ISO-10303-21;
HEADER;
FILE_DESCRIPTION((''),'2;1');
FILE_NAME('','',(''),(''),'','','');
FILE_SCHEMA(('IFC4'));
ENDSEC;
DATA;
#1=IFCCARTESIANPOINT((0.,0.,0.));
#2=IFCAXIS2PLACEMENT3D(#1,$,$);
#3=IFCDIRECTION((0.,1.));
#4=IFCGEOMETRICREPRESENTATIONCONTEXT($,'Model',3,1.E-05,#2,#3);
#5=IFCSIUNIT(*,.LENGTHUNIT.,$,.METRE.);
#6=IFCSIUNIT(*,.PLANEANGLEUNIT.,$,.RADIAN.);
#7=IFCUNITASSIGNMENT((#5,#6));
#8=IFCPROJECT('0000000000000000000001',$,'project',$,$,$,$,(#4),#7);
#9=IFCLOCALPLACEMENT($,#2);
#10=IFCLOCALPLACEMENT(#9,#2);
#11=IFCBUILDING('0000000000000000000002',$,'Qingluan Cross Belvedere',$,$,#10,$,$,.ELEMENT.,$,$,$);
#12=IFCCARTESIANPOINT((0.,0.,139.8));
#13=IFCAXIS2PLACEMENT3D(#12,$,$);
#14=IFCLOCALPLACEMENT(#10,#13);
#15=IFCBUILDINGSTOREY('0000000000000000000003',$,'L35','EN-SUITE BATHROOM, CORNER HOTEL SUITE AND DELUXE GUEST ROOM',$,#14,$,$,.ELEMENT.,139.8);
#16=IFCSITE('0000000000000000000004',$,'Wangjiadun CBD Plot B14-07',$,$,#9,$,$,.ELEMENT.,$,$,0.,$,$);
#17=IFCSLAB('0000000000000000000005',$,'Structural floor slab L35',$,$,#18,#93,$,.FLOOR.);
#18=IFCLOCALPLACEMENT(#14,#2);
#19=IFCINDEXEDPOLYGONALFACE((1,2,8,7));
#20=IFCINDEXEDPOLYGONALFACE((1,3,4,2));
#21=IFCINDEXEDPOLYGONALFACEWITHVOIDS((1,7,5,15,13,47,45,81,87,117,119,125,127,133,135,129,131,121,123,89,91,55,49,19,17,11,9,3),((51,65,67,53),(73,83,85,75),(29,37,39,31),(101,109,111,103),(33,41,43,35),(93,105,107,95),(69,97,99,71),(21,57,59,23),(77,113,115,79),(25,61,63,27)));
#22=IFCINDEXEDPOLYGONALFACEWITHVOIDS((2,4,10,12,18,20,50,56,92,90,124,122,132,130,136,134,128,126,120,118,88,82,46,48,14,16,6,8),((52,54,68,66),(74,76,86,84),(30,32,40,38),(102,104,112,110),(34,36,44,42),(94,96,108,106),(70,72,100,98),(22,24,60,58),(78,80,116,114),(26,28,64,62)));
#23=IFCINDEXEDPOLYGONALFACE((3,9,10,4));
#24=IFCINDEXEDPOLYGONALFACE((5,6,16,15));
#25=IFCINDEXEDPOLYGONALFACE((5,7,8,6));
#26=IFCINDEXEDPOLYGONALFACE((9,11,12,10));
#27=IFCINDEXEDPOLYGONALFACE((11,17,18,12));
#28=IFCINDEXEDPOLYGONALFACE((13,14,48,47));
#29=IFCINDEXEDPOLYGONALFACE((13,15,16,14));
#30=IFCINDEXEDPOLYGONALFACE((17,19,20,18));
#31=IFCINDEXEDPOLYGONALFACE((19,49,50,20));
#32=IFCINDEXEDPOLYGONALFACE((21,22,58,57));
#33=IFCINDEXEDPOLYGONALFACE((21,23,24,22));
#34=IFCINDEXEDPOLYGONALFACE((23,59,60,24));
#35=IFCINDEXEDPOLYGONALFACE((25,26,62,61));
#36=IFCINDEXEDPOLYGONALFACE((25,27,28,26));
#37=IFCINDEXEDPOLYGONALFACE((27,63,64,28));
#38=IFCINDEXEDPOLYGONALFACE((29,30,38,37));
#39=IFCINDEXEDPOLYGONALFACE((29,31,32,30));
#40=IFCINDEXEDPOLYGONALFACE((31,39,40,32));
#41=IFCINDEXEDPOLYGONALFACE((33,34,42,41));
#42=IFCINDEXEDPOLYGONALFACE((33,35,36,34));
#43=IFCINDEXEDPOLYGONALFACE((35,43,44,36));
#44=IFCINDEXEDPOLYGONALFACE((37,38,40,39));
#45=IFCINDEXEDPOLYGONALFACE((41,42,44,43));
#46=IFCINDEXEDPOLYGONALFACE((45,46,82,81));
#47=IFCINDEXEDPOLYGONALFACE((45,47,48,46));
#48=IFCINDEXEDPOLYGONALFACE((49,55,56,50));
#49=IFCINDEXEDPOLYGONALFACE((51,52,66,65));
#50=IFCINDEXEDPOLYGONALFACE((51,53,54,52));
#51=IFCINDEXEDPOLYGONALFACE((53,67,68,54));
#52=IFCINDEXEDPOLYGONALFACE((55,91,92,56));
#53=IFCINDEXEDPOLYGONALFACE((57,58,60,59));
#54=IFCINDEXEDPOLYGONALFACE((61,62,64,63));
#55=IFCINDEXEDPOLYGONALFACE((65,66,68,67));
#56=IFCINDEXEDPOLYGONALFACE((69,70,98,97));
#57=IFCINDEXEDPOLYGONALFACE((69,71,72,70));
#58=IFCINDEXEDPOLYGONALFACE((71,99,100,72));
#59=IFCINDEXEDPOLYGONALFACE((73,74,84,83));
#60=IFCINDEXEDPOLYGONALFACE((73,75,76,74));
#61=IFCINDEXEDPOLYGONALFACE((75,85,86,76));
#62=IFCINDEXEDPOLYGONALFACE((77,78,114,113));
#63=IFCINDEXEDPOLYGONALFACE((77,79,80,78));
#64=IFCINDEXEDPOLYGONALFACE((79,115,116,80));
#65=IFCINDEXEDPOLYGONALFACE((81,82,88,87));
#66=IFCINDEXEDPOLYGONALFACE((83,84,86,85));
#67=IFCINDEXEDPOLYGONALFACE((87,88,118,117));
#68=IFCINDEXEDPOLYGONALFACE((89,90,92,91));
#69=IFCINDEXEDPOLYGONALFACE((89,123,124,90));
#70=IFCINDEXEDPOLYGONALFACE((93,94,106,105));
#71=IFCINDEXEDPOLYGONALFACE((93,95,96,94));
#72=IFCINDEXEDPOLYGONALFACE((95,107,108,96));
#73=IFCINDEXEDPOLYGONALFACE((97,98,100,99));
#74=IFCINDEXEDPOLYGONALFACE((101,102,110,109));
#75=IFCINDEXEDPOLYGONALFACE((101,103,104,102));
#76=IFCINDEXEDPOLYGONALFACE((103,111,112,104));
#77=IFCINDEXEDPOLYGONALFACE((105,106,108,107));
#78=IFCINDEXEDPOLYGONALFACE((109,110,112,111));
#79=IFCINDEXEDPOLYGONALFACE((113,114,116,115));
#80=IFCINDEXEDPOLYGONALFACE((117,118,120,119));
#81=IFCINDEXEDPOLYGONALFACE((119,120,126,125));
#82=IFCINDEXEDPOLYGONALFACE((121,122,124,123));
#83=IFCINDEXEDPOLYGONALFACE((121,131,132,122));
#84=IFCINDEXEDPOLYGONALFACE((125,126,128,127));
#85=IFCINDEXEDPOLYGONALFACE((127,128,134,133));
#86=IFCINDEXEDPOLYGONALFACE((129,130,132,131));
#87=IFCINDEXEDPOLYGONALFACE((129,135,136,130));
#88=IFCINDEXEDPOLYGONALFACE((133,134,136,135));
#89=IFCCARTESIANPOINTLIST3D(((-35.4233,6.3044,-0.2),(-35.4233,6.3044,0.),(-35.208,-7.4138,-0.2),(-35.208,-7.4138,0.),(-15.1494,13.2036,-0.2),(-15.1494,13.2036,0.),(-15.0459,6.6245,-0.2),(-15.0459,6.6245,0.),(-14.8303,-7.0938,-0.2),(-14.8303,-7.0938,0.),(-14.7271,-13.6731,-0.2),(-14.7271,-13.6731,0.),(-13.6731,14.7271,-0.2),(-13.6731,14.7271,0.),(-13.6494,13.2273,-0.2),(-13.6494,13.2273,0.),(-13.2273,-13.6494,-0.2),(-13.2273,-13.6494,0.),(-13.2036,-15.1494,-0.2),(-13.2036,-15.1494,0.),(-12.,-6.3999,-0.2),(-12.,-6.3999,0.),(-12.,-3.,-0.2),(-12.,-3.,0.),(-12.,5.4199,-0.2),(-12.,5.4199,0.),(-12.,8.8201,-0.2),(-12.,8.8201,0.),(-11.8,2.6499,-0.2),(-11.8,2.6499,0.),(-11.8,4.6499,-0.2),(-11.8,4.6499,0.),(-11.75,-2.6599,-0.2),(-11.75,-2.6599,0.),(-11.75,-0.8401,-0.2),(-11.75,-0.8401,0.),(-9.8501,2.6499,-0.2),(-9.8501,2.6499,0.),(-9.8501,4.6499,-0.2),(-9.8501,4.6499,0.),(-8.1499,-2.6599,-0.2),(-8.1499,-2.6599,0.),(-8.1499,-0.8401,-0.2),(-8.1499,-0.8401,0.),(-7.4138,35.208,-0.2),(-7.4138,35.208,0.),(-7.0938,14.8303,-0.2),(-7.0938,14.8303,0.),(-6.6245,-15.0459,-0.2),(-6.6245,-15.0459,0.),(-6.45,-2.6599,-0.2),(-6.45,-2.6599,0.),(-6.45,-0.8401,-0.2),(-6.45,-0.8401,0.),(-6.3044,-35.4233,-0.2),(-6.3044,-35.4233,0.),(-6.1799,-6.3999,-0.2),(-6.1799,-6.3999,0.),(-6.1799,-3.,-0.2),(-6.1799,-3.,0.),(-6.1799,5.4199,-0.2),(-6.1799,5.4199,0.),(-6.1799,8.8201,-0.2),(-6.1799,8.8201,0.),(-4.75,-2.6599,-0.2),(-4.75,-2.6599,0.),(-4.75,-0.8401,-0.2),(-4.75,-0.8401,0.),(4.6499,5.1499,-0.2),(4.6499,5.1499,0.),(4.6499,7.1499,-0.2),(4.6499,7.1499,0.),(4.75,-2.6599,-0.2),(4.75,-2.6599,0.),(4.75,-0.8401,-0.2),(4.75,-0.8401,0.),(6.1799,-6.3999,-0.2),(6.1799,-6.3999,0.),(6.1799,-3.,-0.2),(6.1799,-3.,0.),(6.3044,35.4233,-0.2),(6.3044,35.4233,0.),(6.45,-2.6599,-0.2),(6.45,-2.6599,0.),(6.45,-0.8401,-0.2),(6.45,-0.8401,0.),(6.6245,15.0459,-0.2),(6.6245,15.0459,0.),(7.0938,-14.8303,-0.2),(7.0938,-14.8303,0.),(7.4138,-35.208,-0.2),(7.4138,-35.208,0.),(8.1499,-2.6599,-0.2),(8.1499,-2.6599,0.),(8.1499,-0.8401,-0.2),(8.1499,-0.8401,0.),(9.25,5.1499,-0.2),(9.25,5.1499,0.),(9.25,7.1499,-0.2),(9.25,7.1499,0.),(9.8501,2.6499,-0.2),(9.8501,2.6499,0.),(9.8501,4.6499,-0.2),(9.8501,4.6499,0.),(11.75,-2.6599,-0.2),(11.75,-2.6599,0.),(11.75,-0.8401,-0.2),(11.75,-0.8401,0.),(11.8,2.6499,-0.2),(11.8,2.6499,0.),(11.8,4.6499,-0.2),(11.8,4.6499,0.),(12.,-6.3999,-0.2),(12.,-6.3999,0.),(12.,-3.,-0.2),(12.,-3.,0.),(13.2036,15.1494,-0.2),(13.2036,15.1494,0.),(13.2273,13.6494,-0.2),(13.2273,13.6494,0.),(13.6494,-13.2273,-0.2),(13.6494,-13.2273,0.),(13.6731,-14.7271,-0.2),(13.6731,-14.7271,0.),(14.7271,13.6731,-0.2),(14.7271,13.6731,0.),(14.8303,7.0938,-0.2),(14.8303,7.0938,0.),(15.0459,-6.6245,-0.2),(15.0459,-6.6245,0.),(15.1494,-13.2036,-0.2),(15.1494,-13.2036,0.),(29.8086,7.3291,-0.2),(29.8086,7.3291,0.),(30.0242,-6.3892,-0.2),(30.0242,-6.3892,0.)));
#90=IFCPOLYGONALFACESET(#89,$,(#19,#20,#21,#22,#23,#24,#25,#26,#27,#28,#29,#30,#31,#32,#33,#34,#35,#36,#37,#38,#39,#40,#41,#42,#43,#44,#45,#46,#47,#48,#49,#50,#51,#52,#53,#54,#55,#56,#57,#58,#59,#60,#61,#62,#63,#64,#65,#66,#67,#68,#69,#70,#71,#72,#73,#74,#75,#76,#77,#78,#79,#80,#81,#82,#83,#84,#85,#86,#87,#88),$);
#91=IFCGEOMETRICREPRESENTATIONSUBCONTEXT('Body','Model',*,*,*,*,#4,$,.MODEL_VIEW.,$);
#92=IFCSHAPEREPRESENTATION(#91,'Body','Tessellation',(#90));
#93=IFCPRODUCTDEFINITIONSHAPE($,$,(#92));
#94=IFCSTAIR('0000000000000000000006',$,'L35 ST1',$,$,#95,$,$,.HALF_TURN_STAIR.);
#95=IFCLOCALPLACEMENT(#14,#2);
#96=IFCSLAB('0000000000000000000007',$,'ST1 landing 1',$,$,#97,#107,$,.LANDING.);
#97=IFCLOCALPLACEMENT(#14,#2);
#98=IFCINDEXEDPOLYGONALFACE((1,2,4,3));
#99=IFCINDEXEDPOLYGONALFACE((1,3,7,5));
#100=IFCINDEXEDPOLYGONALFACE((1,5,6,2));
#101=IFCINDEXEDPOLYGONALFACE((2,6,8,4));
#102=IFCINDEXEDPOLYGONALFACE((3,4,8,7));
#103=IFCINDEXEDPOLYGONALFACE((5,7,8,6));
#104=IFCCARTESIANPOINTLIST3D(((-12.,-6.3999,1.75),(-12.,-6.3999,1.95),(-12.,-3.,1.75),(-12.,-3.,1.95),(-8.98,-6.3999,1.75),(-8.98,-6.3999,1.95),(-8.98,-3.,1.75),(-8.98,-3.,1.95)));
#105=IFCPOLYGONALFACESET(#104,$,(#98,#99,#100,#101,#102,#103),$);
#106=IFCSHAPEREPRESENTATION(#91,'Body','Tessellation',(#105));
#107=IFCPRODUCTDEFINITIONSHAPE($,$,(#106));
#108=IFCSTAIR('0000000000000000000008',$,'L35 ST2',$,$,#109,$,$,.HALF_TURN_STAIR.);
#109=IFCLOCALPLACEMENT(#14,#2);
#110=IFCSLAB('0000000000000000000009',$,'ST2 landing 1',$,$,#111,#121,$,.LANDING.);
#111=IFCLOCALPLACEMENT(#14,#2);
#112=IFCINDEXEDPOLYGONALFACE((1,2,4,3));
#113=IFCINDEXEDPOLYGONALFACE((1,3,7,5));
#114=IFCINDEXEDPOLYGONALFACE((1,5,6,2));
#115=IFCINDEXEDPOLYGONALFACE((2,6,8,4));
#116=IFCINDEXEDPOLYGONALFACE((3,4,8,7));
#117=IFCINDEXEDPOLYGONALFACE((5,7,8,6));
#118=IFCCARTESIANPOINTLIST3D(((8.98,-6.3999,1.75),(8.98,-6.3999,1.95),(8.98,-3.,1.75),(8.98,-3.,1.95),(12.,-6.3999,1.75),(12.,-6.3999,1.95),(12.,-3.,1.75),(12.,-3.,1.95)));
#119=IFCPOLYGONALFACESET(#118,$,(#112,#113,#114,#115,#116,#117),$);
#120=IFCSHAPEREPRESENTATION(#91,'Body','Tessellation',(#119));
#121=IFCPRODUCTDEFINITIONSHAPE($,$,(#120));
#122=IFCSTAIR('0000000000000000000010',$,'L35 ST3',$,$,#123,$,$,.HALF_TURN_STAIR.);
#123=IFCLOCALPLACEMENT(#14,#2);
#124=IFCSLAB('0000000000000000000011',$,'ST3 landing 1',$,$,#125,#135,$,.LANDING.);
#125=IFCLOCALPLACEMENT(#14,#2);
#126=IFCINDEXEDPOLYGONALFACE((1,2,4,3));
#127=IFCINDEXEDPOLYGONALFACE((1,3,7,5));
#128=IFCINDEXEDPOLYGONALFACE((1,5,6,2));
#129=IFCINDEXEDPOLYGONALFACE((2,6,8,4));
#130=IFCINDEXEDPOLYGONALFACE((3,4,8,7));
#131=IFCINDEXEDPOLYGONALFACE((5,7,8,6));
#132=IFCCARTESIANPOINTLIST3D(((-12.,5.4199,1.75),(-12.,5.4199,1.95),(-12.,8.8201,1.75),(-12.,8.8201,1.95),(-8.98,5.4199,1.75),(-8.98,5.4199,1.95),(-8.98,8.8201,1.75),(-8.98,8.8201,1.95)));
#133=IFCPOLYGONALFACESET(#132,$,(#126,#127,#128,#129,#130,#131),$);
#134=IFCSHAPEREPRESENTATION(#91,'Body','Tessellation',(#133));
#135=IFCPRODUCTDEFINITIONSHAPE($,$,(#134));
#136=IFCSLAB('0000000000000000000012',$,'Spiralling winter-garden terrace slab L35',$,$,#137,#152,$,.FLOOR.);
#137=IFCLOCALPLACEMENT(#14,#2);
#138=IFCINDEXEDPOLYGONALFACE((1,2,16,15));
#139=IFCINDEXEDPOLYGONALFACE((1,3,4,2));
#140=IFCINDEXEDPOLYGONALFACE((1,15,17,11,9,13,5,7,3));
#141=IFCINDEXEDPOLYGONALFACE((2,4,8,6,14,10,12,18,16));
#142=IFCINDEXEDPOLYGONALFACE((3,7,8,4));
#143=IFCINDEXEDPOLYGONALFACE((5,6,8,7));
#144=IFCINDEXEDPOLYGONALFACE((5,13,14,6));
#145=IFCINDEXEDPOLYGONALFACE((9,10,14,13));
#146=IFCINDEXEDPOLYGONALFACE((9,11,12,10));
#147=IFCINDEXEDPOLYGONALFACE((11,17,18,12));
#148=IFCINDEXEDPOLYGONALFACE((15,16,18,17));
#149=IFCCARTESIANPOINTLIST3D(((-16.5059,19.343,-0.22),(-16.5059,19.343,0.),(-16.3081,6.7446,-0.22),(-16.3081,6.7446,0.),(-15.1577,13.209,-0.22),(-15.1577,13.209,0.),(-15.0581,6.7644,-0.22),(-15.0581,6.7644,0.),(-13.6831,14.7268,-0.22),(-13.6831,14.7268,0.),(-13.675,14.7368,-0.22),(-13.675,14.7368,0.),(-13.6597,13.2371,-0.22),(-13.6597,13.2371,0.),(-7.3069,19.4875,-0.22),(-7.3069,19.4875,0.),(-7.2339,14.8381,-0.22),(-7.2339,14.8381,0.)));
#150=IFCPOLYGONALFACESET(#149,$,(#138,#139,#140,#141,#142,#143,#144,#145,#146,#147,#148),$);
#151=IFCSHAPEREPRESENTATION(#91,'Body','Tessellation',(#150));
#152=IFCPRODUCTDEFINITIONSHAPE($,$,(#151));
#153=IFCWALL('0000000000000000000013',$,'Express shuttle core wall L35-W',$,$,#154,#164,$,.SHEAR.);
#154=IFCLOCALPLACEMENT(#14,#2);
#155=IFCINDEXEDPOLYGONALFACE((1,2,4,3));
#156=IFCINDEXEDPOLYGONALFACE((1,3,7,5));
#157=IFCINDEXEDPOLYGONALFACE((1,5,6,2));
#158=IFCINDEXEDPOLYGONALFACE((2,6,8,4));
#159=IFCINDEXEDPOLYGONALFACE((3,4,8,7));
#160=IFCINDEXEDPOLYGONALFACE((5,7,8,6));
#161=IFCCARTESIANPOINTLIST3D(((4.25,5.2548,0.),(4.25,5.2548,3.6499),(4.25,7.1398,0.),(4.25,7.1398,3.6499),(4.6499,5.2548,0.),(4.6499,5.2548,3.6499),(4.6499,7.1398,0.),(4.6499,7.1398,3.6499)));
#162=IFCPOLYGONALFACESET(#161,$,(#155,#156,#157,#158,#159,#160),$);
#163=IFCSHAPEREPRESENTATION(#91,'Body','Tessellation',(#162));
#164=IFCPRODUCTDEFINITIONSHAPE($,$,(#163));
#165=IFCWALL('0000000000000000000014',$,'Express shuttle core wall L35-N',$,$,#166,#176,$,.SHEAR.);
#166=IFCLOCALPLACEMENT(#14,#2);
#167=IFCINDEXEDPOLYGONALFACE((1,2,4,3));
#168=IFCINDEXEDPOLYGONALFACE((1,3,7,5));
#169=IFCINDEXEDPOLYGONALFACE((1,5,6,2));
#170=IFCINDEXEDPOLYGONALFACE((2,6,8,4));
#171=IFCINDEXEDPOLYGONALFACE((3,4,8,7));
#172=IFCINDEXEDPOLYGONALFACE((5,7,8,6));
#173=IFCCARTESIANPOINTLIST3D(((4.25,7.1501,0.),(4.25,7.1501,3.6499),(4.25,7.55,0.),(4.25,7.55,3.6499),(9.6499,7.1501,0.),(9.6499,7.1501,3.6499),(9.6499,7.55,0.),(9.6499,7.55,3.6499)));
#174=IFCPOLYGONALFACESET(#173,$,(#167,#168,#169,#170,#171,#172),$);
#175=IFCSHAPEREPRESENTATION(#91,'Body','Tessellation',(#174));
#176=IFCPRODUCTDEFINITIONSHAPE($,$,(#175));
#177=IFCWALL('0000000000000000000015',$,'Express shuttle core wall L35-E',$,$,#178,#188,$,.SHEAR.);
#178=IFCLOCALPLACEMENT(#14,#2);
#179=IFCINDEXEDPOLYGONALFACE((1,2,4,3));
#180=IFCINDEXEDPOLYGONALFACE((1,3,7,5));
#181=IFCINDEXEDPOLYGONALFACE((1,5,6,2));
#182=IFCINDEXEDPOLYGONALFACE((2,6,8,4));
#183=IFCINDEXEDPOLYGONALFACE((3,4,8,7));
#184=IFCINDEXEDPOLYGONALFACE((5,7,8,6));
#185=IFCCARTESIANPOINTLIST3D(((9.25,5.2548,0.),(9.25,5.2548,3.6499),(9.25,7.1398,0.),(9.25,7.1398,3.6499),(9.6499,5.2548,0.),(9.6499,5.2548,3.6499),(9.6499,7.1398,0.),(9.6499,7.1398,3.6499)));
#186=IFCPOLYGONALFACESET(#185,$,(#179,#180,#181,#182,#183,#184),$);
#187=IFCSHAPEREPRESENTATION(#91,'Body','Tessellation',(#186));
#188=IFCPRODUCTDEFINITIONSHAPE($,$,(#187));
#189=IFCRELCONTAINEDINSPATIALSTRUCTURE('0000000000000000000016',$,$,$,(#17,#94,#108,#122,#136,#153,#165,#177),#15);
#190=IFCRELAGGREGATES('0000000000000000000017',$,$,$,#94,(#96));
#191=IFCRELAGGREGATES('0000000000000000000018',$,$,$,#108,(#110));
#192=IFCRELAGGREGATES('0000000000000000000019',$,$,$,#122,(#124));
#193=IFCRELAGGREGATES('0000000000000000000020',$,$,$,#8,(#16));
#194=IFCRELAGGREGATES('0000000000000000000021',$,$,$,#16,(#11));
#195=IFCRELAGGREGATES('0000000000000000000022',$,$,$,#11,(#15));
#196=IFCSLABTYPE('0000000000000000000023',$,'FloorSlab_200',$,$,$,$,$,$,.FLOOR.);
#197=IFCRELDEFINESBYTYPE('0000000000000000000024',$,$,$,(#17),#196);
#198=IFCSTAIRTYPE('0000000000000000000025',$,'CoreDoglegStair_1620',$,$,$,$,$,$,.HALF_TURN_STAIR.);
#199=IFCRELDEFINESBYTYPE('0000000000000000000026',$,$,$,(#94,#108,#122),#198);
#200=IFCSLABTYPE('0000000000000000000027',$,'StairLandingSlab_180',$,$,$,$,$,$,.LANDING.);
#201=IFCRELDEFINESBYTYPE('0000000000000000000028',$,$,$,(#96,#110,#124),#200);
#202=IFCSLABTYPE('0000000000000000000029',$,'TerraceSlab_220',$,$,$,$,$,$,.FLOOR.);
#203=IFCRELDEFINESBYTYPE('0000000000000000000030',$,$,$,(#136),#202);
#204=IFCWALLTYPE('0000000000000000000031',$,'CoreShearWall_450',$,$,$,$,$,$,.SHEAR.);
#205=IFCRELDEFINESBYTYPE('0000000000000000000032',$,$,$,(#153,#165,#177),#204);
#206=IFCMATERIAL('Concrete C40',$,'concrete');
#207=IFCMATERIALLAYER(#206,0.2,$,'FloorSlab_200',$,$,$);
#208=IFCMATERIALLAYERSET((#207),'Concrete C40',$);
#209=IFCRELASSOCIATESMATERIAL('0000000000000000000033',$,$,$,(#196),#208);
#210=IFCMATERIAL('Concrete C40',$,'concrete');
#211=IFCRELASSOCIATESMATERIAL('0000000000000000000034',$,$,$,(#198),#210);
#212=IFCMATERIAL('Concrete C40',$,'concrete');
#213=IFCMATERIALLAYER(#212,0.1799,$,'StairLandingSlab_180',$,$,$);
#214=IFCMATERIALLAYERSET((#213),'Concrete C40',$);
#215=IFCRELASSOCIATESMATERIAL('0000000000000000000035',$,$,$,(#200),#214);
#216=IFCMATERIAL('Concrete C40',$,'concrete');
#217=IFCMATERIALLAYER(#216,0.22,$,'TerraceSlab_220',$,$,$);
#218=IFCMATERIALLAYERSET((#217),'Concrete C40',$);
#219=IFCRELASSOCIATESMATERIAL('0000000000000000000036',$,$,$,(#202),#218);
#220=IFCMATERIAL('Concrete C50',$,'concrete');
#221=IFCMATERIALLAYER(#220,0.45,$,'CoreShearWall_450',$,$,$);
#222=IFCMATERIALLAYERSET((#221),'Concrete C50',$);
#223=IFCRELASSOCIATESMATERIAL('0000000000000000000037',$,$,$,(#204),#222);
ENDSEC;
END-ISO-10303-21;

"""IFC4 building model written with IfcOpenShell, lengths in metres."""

from ifc_helpers import new_model, si_unit, direction, frame, frame_2d, origin, place, context, subcontext, project, spatial, polyline, rectangle, outline, extrude, material, layer, layer_set, type_object, element, aggregate, save


model = new_model("IFC4")

# Units and contexts
model_context = context("Model", 3, precision=1e-05, world=origin(), true_north=direction((0.0, 1.0)))
body_context = subcontext(model_context, "Body", "Model", "MODEL_VIEW")
ifc_project = project(units=[si_unit("LENGTHUNIT", "METRE"), si_unit("PLANEANGLEUNIT", "RADIAN")], contexts=[model_context])

# Site, building, storey
site_placement = place(None, origin())
site = spatial("IfcSite", under=ifc_project, at=site_placement, Name="Wangjiadun CBD Plot B14-07", CompositionType="ELEMENT", RefElevation=0.0)
building_placement = place(site_placement, origin())
building = spatial("IfcBuilding", under=site, at=building_placement, Name="Qingluan Cross Belvedere", CompositionType="ELEMENT")
storey_placement = place(building_placement, frame((0.0, 0.0, 139.8)))
storey = spatial("IfcBuildingStorey", under=building, at=storey_placement, Name="L35", Description="EN-SUITE BATHROOM, CORNER HOTEL SUITE AND DELUXE GUEST ROOM", CompositionType="ELEMENT", Elevation=139.8)

# Slab
ifc_material_1 = material(Name="Concrete C40", Category="concrete")
ifc_layer_1 = layer(ifc_material_1, 0.2, Name="FloorSlab_200")
ifc_layer_set_1 = layer_set([ifc_layer_1], Name="Concrete C40")
slab_type_1 = type_object("IfcSlabType", Name="FloorSlab_200", PredefinedType="FLOOR", material=ifc_layer_set_1)
slab_1_placement = place(storey_placement, frame((0.0, 0.0, -0.2)))
element("IfcSlab", 1, at=slab_1_placement, inside=storey, type_object=slab_type_1, Name="Structural floor slab L35", PredefinedType="FLOOR", context=body_context, shape_type="SweptSolid", body=[
    extrude(outline(polyline([(7.4138, -35.208), (7.0938, -14.8303), (13.6731, -14.7271), (13.6494, -13.2273), (15.1494, -13.2036), (15.0459, -6.6245), (30.0242, -6.3892), (29.8086, 7.3291), (14.8303, 7.0938), (14.7271, 13.6731), (13.2273, 13.6494), (13.2036, 15.1494), (6.6245, 15.0459), (6.3044, 35.4233), (-7.4138, 35.208), (-7.0938, 14.8303), (-13.6731, 14.7271), (-13.6494, 13.2273), (-15.1494, 13.2036), (-15.0459, 6.6245), (-35.4233, 6.3044), (-35.208, -7.4138), (-14.8303, -7.0938), (-14.7271, -13.6731), (-13.2273, -13.6494), (-13.2036, -15.1494), (-6.6245, -15.0459), (-6.3044, -35.4233), (7.4138, -35.208)]), holes=[polyline([(-12.0, -3.0), (-6.1799, -3.0), (-6.1799, -6.3999), (-12.0, -6.3999), (-12.0, -3.0)]), polyline([(6.1799, -3.0), (12.0, -3.0), (12.0, -6.3999), (6.1799, -6.3999), (6.1799, -3.0)]), polyline([(-12.0, 8.8201), (-6.1799, 8.8201), (-6.1799, 5.4199), (-12.0, 5.4199), (-12.0, 8.8201)]), polyline([(-11.8, 4.6499), (-9.8501, 4.6499), (-9.8501, 2.6499), (-11.8, 2.6499), (-11.8, 4.6499)]), polyline([(9.8501, 4.6499), (11.8, 4.6499), (11.8, 2.6499), (9.8501, 2.6499), (9.8501, 4.6499)]), polyline([(-11.75, -0.8401), (-8.1499, -0.8401), (-8.1499, -2.6599), (-11.75, -2.6599), (-11.75, -0.8401)]), polyline([(-6.45, -0.8401), (-4.75, -0.8401), (-4.75, -2.6599), (-6.45, -2.6599), (-6.45, -0.8401)]), polyline([(4.75, -0.8401), (6.45, -0.8401), (6.45, -2.6599), (4.75, -2.6599), (4.75, -0.8401)]), polyline([(8.1499, -0.8401), (11.75, -0.8401), (11.75, -2.6599), (8.1499, -2.6599), (8.1499, -0.8401)]), polyline([(4.6499, 7.1499), (9.25, 7.1499), (9.25, 5.1499), (4.6499, 5.1499), (4.6499, 7.1499)])]), origin(), (0.0, 0.0, 1.0), 0.2),
])

# Stairs, slabs
ifc_material_2 = material(Name="Concrete C40", Category="concrete")
stair_type = type_object("IfcStairType", Name="CoreDoglegStair_1620", PredefinedType="HALF_TURN_STAIR", material=ifc_material_2)
stair_1_placement = place(storey_placement, origin())
stair_1 = element("IfcStair", 2, at=stair_1_placement, inside=storey, type_object=stair_type, Name="L35 ST1", PredefinedType="HALF_TURN_STAIR")
ifc_material_3 = material(Name="Concrete C40", Category="concrete")
ifc_layer_2 = layer(ifc_material_3, 0.1799, Name="StairLandingSlab_180")
ifc_layer_set_2 = layer_set([ifc_layer_2], Name="Concrete C40")
slab_type_2 = type_object("IfcSlabType", Name="StairLandingSlab_180", PredefinedType="LANDING", material=ifc_layer_set_2)
slab_2_placement = place(storey_placement, frame((0.0, 0.0, 1.75)))
slab_2 = element("IfcSlab", 3, at=slab_2_placement, type_object=slab_type_2, Name="ST1 landing 1", PredefinedType="LANDING", context=body_context, shape_type="SweptSolid", body=[
    extrude(outline(polyline([(-8.98, -3.0), (-12.0, -3.0), (-12.0, -6.3999), (-8.98, -6.3999), (-8.98, -3.0)])), origin(), (0.0, 0.0, 1.0), 0.2),
])
aggregate(stair_1, [slab_2])
stair_2_placement = place(storey_placement, origin())
stair_2 = element("IfcStair", 4, at=stair_2_placement, inside=storey, type_object=stair_type, Name="L35 ST2", PredefinedType="HALF_TURN_STAIR")
slab_3_placement = place(storey_placement, frame((0.0, 0.0, 1.75)))
slab_3 = element("IfcSlab", 5, at=slab_3_placement, type_object=slab_type_2, Name="ST2 landing 1", PredefinedType="LANDING", context=body_context, shape_type="SweptSolid", body=[
    extrude(outline(polyline([(8.98, -6.3999), (12.0, -6.3999), (12.0, -3.0), (8.98, -3.0), (8.98, -6.3999)])), origin(), (0.0, 0.0, 1.0), 0.2),
])
aggregate(stair_2, [slab_3])
stair_3_placement = place(storey_placement, origin())
stair_3 = element("IfcStair", 6, at=stair_3_placement, inside=storey, type_object=stair_type, Name="L35 ST3", PredefinedType="HALF_TURN_STAIR")
slab_4_placement = place(storey_placement, frame((0.0, 0.0, 1.75)))
slab_4 = element("IfcSlab", 7, at=slab_4_placement, type_object=slab_type_2, Name="ST3 landing 1", PredefinedType="LANDING", context=body_context, shape_type="SweptSolid", body=[
    extrude(outline(polyline([(-8.98, 8.8201), (-12.0, 8.8201), (-12.0, 5.4199), (-8.98, 5.4199), (-8.98, 8.8201)])), origin(), (0.0, 0.0, 1.0), 0.2),
])
aggregate(stair_3, [slab_4])

# Slab
ifc_material_4 = material(Name="Concrete C40", Category="concrete")
ifc_layer_3 = layer(ifc_material_4, 0.22, Name="TerraceSlab_220")
ifc_layer_set_3 = layer_set([ifc_layer_3], Name="Concrete C40")
slab_type_3 = type_object("IfcSlabType", Name="TerraceSlab_220", PredefinedType="FLOOR", material=ifc_layer_set_3)
slab_5_placement = place(storey_placement, frame((0.0, 0.0, -0.22)))
element("IfcSlab", 8, at=slab_5_placement, inside=storey, type_object=slab_type_3, Name="Spiralling winter-garden terrace slab L35", PredefinedType="FLOOR", context=body_context, shape_type="SweptSolid", body=[
    extrude(outline(polyline([(-15.0581, 6.7644), (-15.1577, 13.209), (-13.6597, 13.2371), (-13.6831, 14.7268), (-13.675, 14.7368), (-7.2339, 14.8381), (-7.3069, 19.4875), (-16.5059, 19.343), (-16.3081, 6.7446), (-15.0581, 6.7644)])), origin(), (0.0, 0.0, 1.0), 0.22),
])

# Walls
ifc_material_5 = material(Name="Concrete C50", Category="concrete")
ifc_layer_4 = layer(ifc_material_5, 0.45, Name="CoreShearWall_450")
ifc_layer_set_4 = layer_set([ifc_layer_4], Name="Concrete C50")
wall_type_1 = type_object("IfcWallType", Name="CoreShearWall_450", PredefinedType="SHEAR", material=ifc_layer_set_4)
wall_1_placement = place(storey_placement, frame((4.45, 5.2549, 0.0), z_axis=(0.0, 0.0, 1.0), x_axis=(0.0, 1.0, 0.0)))
element("IfcWall", 9, at=wall_1_placement, inside=storey, type_object=wall_type_1, Name="Express shuttle core wall L35-W", PredefinedType="SHEAR", context=body_context, shape_type="SweptSolid", body=[
    extrude(rectangle(XDim=1.885, YDim=0.3999, at=frame_2d((0.9424, 0.0))), origin(), (0.0, 0.0, 1.0), 3.6499),
])
wall_2_placement = place(storey_placement, frame((4.25, 7.3501, 0.0), z_axis=(0.0, 0.0, 1.0), x_axis=(1.0, 0.0, 0.0)))
element("IfcWall", 10, at=wall_2_placement, inside=storey, type_object=wall_type_1, Name="Express shuttle core wall L35-N", PredefinedType="SHEAR", context=body_context, shape_type="SweptSolid", body=[
    extrude(rectangle(XDim=5.3999, YDim=0.3999, at=frame_2d((2.7, 0.0))), origin(), (0.0, 0.0, 1.0), 3.6499),
])
wall_3_placement = place(storey_placement, frame((9.45, 5.2549, 0.0), z_axis=(0.0, 0.0, 1.0), x_axis=(0.0, 1.0, 0.0)))
element("IfcWall", 11, at=wall_3_placement, inside=storey, type_object=wall_type_1, Name="Express shuttle core wall L35-E", PredefinedType="SHEAR", context=body_context, shape_type="SweptSolid", body=[
    extrude(rectangle(XDim=1.885, YDim=0.3999, at=frame_2d((0.9424, 0.0))), origin(), (0.0, 0.0, 1.0), 3.6499),
])

save(model, "model.ifc")
